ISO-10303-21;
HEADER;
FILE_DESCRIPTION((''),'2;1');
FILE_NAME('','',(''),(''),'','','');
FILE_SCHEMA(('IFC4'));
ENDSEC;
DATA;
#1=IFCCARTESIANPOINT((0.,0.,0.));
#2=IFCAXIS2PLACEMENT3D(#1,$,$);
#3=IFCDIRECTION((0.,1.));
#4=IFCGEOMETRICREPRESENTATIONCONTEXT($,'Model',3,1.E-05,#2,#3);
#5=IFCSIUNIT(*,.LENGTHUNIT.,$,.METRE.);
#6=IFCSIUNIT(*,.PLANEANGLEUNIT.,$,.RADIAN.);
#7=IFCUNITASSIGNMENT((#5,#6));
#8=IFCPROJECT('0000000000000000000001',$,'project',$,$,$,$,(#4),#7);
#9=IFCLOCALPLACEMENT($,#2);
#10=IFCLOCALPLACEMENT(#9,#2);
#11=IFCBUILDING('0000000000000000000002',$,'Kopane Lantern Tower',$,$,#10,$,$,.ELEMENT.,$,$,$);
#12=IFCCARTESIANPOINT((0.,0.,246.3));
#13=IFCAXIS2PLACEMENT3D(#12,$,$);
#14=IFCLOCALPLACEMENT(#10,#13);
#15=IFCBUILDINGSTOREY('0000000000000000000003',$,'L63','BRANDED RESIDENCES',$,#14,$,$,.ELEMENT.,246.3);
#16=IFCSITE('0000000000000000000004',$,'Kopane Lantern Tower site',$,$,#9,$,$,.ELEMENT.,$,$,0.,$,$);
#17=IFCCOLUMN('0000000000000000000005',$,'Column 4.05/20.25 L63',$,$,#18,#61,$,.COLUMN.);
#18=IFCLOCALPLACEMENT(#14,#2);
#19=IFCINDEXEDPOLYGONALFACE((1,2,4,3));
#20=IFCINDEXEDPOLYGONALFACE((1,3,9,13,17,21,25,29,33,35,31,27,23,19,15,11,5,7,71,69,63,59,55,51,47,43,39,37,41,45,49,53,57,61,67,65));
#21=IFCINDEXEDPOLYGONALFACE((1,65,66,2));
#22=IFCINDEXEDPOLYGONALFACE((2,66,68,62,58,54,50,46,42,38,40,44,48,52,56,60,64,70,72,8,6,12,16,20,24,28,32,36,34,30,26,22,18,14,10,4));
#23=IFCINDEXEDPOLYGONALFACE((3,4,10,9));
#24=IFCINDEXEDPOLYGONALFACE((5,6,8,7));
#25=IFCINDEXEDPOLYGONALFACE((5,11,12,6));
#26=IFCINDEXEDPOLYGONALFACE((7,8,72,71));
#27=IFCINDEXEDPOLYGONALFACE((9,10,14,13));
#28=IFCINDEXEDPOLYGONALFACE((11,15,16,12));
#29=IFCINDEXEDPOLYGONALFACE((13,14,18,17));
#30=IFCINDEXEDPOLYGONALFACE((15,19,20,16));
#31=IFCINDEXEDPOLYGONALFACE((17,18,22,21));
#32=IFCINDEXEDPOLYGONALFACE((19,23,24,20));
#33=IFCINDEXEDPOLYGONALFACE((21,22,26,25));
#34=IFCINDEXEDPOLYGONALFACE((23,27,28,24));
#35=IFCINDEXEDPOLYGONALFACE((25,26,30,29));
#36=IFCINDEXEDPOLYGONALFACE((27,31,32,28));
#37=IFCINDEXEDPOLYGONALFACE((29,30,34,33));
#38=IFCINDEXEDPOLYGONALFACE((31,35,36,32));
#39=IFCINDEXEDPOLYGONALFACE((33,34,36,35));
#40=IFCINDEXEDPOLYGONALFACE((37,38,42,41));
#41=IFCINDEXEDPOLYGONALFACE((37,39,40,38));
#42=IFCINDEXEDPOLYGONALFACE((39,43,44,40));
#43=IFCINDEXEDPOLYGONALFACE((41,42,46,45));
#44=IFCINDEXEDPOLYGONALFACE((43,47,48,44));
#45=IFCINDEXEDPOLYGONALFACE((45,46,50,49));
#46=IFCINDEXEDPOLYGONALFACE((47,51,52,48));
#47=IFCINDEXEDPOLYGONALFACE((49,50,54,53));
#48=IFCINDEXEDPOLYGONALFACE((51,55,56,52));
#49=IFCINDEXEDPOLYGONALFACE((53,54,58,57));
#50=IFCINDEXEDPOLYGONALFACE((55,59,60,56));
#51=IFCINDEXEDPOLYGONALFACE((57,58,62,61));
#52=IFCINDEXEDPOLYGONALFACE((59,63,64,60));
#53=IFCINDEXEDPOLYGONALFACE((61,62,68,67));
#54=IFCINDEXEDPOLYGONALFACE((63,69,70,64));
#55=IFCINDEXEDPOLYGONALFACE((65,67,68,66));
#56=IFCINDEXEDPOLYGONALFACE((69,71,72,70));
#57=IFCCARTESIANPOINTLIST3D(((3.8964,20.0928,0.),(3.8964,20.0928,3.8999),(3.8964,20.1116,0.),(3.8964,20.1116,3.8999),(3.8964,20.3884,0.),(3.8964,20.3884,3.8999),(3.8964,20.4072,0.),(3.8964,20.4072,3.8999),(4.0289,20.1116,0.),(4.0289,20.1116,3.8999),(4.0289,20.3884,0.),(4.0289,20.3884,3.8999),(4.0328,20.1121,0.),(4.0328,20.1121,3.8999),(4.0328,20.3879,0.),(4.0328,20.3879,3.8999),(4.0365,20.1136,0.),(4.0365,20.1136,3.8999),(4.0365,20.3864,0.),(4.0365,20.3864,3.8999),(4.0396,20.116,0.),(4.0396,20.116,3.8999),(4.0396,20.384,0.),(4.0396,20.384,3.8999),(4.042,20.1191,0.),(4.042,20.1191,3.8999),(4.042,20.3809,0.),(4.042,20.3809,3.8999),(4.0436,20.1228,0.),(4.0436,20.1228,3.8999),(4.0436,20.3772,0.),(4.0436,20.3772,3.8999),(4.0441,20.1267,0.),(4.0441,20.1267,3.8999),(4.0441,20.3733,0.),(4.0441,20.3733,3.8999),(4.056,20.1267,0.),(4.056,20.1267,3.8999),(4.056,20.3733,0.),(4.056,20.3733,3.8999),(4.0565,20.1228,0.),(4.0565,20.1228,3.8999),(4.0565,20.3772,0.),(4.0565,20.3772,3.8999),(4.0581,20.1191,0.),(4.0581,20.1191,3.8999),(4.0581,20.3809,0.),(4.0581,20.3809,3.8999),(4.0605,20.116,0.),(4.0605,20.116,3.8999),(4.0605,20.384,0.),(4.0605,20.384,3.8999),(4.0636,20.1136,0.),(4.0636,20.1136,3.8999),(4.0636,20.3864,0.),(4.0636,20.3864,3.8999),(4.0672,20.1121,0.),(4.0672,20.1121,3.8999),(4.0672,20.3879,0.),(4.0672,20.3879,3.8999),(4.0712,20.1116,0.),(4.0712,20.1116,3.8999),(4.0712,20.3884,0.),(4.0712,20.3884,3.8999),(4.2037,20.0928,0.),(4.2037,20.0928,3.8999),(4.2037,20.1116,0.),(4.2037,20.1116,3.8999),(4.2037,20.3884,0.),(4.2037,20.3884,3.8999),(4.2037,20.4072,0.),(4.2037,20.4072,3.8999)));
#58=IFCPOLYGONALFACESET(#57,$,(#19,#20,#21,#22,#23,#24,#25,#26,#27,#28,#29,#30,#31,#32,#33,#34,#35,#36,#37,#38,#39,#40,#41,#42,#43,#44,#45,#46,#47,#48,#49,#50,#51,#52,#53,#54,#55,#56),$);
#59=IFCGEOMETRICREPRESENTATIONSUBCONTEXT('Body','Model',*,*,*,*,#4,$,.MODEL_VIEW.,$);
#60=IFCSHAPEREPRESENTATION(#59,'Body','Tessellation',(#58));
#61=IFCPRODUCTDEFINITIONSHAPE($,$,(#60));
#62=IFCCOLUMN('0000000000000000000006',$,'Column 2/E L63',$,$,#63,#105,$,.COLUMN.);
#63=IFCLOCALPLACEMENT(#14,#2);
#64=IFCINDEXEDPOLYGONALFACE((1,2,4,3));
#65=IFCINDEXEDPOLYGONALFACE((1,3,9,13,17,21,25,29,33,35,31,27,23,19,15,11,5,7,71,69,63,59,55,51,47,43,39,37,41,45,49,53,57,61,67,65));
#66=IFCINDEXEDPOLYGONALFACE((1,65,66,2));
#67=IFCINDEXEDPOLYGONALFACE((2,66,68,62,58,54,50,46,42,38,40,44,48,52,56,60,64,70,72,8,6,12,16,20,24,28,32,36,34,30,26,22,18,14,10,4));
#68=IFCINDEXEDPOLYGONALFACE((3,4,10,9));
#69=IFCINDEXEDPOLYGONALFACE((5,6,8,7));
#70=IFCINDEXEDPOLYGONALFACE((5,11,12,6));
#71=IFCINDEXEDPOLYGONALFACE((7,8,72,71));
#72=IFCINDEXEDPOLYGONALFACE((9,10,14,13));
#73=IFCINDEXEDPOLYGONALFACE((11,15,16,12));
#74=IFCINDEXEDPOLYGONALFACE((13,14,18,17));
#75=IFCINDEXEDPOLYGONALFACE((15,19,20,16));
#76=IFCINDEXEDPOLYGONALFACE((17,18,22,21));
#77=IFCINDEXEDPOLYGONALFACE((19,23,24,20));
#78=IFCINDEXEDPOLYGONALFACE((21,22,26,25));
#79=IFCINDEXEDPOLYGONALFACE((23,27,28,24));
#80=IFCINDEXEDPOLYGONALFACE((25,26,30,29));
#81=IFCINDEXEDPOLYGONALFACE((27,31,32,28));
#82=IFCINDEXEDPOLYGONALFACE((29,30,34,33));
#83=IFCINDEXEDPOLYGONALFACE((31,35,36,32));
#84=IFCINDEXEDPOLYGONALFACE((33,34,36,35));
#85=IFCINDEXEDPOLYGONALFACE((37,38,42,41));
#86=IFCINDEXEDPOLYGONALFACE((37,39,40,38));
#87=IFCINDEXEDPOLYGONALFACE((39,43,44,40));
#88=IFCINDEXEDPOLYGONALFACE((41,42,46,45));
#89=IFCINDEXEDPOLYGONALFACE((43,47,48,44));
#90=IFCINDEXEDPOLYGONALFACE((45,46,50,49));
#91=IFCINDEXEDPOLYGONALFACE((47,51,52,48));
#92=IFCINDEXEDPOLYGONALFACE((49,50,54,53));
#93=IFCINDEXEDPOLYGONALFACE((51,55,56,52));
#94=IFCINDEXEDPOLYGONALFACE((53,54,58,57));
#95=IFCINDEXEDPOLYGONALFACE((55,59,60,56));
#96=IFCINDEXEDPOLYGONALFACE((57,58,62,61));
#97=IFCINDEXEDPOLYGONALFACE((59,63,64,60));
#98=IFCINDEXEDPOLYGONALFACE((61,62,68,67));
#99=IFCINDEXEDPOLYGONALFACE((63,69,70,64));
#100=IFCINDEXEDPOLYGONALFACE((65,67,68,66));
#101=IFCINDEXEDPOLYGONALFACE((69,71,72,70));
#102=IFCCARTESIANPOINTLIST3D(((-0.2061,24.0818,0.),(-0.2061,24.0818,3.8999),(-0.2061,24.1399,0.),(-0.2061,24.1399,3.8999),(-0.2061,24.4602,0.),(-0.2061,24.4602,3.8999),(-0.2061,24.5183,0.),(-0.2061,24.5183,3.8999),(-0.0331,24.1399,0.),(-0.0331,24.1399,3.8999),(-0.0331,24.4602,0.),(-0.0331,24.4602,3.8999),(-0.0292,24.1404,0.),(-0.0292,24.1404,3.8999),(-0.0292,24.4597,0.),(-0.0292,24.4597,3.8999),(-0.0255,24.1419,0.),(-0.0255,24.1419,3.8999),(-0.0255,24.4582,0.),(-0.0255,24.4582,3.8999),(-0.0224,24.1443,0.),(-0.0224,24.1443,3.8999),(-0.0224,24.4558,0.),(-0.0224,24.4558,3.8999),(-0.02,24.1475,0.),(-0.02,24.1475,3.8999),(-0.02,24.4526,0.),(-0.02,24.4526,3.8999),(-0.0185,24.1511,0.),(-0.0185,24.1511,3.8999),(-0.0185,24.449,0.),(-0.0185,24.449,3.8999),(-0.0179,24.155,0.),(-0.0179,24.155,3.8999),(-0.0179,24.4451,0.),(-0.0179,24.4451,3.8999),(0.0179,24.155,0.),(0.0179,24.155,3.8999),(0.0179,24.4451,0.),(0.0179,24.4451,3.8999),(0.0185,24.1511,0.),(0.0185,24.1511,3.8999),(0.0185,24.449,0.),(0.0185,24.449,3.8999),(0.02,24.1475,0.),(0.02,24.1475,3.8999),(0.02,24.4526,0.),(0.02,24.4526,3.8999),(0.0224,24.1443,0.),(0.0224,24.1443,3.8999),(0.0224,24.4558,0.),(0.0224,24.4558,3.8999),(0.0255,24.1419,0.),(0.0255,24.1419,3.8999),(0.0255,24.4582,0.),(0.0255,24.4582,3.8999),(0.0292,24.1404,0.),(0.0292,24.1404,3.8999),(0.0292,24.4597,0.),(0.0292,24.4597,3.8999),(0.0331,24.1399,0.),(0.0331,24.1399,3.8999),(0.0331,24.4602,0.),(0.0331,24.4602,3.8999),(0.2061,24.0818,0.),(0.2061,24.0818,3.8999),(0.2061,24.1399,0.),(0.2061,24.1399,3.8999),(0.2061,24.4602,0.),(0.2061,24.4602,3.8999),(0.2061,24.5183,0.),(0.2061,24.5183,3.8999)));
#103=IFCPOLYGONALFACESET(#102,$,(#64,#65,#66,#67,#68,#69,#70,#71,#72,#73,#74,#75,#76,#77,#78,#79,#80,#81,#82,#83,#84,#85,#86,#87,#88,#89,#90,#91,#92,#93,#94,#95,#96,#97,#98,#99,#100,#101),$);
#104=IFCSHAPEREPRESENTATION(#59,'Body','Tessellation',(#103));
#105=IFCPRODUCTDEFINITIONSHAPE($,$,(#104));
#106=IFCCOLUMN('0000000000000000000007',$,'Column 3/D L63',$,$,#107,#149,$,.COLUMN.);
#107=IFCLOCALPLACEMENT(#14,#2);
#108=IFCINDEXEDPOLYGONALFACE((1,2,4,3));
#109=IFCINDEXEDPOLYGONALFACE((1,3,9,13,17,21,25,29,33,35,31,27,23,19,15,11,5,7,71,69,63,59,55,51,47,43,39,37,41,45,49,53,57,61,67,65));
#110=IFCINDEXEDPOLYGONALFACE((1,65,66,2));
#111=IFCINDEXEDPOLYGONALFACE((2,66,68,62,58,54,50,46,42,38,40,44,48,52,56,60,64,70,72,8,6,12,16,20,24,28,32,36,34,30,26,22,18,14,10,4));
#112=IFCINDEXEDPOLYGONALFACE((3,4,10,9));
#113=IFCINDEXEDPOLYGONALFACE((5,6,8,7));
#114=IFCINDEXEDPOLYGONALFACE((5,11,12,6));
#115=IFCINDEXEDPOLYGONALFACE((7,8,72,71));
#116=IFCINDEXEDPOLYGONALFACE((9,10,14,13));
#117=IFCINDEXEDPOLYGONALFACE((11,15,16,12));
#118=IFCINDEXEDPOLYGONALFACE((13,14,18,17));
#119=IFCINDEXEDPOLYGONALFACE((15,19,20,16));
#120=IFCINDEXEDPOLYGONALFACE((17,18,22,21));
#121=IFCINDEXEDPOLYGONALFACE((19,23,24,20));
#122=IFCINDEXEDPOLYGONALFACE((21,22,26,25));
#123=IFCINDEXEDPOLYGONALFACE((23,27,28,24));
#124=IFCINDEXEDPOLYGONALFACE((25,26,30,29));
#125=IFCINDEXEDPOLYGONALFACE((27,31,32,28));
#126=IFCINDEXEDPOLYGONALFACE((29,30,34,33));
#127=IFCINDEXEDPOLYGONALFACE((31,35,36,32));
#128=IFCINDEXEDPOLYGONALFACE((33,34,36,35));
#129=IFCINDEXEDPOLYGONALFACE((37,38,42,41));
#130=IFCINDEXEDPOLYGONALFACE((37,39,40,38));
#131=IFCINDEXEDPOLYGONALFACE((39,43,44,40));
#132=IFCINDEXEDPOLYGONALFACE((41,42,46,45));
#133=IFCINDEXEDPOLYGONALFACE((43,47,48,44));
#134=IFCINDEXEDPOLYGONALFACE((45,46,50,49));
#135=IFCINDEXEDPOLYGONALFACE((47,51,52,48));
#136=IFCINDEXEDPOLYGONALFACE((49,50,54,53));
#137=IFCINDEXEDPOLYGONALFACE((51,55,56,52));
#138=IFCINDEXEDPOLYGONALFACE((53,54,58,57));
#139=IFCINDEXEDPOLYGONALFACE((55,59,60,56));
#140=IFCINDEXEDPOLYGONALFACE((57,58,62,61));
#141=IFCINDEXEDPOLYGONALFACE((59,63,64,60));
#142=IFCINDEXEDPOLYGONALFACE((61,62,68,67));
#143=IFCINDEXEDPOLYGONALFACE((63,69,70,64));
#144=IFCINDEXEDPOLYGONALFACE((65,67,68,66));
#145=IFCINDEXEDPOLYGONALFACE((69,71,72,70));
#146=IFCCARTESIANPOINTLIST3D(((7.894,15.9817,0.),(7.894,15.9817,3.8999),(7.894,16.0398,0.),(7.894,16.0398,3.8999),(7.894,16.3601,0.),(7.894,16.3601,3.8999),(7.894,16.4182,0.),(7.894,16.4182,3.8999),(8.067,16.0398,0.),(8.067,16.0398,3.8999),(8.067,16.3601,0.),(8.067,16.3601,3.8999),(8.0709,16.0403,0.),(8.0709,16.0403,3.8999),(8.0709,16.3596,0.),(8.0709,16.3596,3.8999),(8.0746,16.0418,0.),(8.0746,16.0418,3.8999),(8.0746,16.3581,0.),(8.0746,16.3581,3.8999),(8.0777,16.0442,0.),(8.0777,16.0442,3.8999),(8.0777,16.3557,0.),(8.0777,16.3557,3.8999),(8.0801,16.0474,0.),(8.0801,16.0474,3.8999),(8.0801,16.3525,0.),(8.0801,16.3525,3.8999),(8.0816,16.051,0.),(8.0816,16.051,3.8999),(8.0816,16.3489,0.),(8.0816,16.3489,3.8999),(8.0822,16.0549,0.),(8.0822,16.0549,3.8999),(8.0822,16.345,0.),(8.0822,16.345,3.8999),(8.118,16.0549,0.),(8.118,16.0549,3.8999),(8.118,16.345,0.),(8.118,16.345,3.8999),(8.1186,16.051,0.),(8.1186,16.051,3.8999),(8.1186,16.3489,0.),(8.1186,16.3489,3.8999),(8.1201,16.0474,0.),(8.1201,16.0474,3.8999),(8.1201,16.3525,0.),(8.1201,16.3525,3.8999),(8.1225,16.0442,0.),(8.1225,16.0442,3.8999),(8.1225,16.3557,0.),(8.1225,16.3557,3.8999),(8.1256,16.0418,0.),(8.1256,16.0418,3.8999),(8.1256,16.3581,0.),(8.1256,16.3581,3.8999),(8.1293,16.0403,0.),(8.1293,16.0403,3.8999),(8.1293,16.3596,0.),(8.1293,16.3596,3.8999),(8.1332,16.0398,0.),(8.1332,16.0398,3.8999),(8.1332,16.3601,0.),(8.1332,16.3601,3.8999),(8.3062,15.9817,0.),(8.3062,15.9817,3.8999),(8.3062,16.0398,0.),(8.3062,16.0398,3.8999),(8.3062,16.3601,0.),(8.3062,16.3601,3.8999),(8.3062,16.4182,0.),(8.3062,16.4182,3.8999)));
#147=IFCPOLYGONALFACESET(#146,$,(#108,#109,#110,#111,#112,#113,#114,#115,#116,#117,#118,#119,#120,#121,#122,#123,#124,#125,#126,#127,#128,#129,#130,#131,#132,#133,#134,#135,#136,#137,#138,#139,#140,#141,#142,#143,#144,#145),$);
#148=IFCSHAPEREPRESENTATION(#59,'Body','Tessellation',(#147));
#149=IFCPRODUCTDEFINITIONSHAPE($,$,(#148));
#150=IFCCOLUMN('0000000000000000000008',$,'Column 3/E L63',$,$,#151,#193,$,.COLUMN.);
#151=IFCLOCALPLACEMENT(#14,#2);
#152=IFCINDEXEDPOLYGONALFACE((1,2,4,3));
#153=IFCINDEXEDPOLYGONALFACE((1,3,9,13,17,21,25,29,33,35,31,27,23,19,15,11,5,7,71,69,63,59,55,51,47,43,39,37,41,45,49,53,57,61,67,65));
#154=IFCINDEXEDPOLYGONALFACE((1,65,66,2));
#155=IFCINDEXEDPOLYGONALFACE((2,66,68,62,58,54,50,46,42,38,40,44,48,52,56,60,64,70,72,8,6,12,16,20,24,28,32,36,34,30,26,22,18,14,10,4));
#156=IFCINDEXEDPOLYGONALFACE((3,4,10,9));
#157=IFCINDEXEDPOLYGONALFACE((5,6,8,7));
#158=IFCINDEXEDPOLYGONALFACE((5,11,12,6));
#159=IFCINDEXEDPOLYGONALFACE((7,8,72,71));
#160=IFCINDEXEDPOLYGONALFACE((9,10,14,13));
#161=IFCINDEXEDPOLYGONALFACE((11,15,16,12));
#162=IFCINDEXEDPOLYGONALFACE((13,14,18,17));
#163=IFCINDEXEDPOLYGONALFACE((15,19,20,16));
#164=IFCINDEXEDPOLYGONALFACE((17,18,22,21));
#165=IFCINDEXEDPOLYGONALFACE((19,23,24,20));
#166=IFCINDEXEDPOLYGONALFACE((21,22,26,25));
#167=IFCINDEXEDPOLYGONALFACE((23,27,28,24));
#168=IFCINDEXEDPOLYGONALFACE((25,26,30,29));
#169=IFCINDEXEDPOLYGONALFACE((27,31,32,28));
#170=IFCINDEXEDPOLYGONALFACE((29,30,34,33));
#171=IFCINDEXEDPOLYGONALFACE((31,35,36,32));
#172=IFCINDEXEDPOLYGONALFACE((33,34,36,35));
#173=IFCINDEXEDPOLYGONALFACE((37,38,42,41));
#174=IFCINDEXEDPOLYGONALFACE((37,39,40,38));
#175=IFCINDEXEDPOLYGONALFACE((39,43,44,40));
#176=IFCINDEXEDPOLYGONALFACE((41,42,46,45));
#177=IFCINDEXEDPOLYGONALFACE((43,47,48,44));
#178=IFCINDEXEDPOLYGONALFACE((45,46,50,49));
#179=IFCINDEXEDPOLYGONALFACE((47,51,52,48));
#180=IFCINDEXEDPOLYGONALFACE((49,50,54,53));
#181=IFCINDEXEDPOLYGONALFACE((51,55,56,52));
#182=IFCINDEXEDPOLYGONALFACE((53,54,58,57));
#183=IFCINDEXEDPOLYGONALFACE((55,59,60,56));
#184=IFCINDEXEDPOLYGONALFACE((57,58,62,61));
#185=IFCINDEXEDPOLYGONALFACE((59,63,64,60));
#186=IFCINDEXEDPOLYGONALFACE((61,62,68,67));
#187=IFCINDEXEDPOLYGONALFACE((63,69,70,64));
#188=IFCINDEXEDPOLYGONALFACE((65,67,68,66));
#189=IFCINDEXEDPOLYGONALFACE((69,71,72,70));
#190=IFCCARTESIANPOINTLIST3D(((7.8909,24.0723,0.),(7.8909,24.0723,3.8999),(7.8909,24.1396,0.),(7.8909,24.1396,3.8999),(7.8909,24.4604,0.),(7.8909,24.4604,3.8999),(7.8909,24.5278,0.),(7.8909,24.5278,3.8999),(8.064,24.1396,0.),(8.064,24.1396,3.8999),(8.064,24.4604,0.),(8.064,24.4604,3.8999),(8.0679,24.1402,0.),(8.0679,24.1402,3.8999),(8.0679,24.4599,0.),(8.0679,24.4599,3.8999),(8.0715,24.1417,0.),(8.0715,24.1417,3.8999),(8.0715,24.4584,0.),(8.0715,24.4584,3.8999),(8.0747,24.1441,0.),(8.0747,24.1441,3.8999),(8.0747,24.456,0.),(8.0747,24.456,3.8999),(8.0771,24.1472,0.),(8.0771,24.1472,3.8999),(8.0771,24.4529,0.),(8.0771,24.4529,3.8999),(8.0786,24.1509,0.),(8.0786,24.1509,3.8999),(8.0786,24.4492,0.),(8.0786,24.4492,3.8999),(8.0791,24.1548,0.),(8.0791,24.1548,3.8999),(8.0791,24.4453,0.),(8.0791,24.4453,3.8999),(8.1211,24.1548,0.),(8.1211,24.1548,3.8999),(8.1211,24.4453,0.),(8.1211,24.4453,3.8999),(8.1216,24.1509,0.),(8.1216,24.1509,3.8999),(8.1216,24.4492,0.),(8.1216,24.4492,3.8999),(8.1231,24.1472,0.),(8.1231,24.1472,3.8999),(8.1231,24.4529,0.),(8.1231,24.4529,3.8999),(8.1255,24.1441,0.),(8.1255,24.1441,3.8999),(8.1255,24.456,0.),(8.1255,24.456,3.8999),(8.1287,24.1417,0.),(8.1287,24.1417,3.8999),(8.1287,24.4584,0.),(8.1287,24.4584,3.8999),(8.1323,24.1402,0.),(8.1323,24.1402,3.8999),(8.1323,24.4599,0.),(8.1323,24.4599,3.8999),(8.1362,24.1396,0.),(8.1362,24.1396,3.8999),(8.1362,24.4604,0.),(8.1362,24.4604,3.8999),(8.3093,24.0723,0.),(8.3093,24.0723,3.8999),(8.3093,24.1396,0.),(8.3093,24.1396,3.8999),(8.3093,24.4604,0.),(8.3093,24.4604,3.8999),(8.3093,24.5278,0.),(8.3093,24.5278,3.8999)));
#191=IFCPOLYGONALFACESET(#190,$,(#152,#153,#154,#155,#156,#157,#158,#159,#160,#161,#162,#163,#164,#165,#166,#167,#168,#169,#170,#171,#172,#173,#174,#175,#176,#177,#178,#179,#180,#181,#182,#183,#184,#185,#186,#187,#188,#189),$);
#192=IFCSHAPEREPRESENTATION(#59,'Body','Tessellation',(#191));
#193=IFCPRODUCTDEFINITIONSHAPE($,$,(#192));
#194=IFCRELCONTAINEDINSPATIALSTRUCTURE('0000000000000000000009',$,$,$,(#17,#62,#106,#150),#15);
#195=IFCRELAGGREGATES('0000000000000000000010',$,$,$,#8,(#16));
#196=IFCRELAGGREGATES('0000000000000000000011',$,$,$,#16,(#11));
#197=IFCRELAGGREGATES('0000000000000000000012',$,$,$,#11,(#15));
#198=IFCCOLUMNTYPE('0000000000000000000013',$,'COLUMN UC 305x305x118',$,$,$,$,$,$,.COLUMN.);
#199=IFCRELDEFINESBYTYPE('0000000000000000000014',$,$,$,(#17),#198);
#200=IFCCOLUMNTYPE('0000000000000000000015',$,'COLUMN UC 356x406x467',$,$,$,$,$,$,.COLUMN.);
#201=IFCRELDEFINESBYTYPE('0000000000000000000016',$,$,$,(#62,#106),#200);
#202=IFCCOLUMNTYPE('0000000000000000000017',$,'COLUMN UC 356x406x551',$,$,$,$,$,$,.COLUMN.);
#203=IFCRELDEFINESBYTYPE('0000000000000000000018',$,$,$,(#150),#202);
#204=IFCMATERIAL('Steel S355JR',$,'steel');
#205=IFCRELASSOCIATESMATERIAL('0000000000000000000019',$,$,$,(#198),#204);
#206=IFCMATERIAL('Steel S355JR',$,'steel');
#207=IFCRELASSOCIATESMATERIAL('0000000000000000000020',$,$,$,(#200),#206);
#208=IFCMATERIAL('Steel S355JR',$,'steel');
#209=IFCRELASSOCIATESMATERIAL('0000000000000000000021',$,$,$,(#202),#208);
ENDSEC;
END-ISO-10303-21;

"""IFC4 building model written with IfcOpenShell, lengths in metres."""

from ifc_helpers import new_model, si_unit, direction, frame, origin, origin_2d, place, context, subcontext, project, spatial, i_section, extrude, material, material_profile, profile_set, type_object, element, save


model = new_model("IFC4")

# Units and contexts
model_context = context("Model", 3, precision=1e-05, world=origin(), true_north=direction((0.0, 1.0)))
body_context = subcontext(model_context, "Body", "Model", "MODEL_VIEW")
ifc_project = project(units=[si_unit("LENGTHUNIT", "METRE"), si_unit("PLANEANGLEUNIT", "RADIAN")], contexts=[model_context])

# Site, building, storey
site_placement = place(None, origin())
site = spatial("IfcSite", under=ifc_project, at=site_placement, Name="Kopane Lantern Tower site", CompositionType="ELEMENT", RefElevation=0.0)
building_placement = place(site_placement, origin())
building = spatial("IfcBuilding", under=site, at=building_placement, Name="Kopane Lantern Tower", CompositionType="ELEMENT")
storey_placement = place(building_placement, frame((0.0, 0.0, 246.3)))
storey = spatial("IfcBuildingStorey", under=building, at=storey_placement, Name="L63", Description="BRANDED RESIDENCES", CompositionType="ELEMENT", Elevation=246.3)

# Columns
ifc_material_1 = material(Name="Steel S355JR", Category="steel")
ifc_material_profile_1 = material_profile(ifc_material_1, i_section(OverallWidth=0.3074, OverallDepth=0.3145, WebThickness=0.012, FlangeThickness=0.0188, FilletRadius=0.0151, at=origin_2d()), Name="UC 305x305x118")
ifc_profile_set_1 = profile_set([ifc_material_profile_1], Name="Steel S355JR")
column_type_1 = type_object("IfcColumnType", Name="COLUMN UC 305x305x118", PredefinedType="COLUMN", material=ifc_profile_set_1)
column_1_placement = place(storey_placement, frame((4.05, 20.25, 0.0), z_axis=(0.0, 0.0, 1.0), x_axis=(1.0, 0.0, 0.0)))
element("IfcColumn", 1, at=column_1_placement, inside=storey, type_object=column_type_1, Name="Column 4.05/20.25 L63", PredefinedType="COLUMN", context=body_context, shape_type="SweptSolid", body=[
    extrude(i_section(OverallWidth=0.3074, OverallDepth=0.3145, WebThickness=0.012, FlangeThickness=0.0188, FilletRadius=0.0151, at=origin_2d()), origin(), (0.0, 0.0, 1.0), 3.8999),
])
ifc_material_2 = material(Name="Steel S355JR", Category="steel")
ifc_material_profile_2 = material_profile(ifc_material_2, i_section(OverallWidth=0.4121, OverallDepth=0.4365, WebThickness=0.0359, FlangeThickness=0.0581, FilletRadius=0.0151, at=origin_2d()), Name="UC 356x406x467")
ifc_profile_set_2 = profile_set([ifc_material_profile_2], Name="Steel S355JR")
column_type_2 = type_object("IfcColumnType", Name="COLUMN UC 356x406x467", PredefinedType="COLUMN", material=ifc_profile_set_2)
for number, where, z_axis, x_axis, name in (
    (2, (0.0, 24.3, 0.0), (0.0, 0.0, 1.0), (1.0, 0.0, 0.0), "Column 2/E L63"),
    (3, (8.1001, 16.2, 0.0), (0.0, 0.0, 1.0), (1.0, 0.0, 0.0), "Column 3/D L63"),
):
    element("IfcColumn", number, at=place(storey_placement, frame(where, z_axis=z_axis, x_axis=x_axis)), inside=storey, type_object=column_type_2, Name=name, PredefinedType="COLUMN", context=body_context, shape_type="SweptSolid", body=[
        extrude(i_section(OverallWidth=0.4121, OverallDepth=0.4365, WebThickness=0.0359, FlangeThickness=0.0581, FilletRadius=0.0151, at=origin_2d()), origin(), (0.0, 0.0, 1.0), 3.8999),
    ])
ifc_material_3 = material(Name="Steel S355JR", Category="steel")
ifc_material_profile_3 = material_profile(ifc_material_3, i_section(OverallWidth=0.4185, OverallDepth=0.4556, WebThickness=0.042, FlangeThickness=0.0674, FilletRadius=0.0151, at=origin_2d()), Name="UC 356x406x551")
ifc_profile_set_3 = profile_set([ifc_material_profile_3], Name="Steel S355JR")
column_type_3 = type_object("IfcColumnType", Name="COLUMN UC 356x406x551", PredefinedType="COLUMN", material=ifc_profile_set_3)
column_2_placement = place(storey_placement, frame((8.1001, 24.3, 0.0), z_axis=(0.0, 0.0, 1.0), x_axis=(1.0, 0.0, 0.0)))
element("IfcColumn", 4, at=column_2_placement, inside=storey, type_object=column_type_3, Name="Column 3/E L63", PredefinedType="COLUMN", context=body_context, shape_type="SweptSolid", body=[
    extrude(i_section(OverallWidth=0.4185, OverallDepth=0.4556, WebThickness=0.042, FlangeThickness=0.0674, FilletRadius=0.0151, at=origin_2d()), origin(), (0.0, 0.0, 1.0), 3.8999),
])

save(model, "model.ifc")
